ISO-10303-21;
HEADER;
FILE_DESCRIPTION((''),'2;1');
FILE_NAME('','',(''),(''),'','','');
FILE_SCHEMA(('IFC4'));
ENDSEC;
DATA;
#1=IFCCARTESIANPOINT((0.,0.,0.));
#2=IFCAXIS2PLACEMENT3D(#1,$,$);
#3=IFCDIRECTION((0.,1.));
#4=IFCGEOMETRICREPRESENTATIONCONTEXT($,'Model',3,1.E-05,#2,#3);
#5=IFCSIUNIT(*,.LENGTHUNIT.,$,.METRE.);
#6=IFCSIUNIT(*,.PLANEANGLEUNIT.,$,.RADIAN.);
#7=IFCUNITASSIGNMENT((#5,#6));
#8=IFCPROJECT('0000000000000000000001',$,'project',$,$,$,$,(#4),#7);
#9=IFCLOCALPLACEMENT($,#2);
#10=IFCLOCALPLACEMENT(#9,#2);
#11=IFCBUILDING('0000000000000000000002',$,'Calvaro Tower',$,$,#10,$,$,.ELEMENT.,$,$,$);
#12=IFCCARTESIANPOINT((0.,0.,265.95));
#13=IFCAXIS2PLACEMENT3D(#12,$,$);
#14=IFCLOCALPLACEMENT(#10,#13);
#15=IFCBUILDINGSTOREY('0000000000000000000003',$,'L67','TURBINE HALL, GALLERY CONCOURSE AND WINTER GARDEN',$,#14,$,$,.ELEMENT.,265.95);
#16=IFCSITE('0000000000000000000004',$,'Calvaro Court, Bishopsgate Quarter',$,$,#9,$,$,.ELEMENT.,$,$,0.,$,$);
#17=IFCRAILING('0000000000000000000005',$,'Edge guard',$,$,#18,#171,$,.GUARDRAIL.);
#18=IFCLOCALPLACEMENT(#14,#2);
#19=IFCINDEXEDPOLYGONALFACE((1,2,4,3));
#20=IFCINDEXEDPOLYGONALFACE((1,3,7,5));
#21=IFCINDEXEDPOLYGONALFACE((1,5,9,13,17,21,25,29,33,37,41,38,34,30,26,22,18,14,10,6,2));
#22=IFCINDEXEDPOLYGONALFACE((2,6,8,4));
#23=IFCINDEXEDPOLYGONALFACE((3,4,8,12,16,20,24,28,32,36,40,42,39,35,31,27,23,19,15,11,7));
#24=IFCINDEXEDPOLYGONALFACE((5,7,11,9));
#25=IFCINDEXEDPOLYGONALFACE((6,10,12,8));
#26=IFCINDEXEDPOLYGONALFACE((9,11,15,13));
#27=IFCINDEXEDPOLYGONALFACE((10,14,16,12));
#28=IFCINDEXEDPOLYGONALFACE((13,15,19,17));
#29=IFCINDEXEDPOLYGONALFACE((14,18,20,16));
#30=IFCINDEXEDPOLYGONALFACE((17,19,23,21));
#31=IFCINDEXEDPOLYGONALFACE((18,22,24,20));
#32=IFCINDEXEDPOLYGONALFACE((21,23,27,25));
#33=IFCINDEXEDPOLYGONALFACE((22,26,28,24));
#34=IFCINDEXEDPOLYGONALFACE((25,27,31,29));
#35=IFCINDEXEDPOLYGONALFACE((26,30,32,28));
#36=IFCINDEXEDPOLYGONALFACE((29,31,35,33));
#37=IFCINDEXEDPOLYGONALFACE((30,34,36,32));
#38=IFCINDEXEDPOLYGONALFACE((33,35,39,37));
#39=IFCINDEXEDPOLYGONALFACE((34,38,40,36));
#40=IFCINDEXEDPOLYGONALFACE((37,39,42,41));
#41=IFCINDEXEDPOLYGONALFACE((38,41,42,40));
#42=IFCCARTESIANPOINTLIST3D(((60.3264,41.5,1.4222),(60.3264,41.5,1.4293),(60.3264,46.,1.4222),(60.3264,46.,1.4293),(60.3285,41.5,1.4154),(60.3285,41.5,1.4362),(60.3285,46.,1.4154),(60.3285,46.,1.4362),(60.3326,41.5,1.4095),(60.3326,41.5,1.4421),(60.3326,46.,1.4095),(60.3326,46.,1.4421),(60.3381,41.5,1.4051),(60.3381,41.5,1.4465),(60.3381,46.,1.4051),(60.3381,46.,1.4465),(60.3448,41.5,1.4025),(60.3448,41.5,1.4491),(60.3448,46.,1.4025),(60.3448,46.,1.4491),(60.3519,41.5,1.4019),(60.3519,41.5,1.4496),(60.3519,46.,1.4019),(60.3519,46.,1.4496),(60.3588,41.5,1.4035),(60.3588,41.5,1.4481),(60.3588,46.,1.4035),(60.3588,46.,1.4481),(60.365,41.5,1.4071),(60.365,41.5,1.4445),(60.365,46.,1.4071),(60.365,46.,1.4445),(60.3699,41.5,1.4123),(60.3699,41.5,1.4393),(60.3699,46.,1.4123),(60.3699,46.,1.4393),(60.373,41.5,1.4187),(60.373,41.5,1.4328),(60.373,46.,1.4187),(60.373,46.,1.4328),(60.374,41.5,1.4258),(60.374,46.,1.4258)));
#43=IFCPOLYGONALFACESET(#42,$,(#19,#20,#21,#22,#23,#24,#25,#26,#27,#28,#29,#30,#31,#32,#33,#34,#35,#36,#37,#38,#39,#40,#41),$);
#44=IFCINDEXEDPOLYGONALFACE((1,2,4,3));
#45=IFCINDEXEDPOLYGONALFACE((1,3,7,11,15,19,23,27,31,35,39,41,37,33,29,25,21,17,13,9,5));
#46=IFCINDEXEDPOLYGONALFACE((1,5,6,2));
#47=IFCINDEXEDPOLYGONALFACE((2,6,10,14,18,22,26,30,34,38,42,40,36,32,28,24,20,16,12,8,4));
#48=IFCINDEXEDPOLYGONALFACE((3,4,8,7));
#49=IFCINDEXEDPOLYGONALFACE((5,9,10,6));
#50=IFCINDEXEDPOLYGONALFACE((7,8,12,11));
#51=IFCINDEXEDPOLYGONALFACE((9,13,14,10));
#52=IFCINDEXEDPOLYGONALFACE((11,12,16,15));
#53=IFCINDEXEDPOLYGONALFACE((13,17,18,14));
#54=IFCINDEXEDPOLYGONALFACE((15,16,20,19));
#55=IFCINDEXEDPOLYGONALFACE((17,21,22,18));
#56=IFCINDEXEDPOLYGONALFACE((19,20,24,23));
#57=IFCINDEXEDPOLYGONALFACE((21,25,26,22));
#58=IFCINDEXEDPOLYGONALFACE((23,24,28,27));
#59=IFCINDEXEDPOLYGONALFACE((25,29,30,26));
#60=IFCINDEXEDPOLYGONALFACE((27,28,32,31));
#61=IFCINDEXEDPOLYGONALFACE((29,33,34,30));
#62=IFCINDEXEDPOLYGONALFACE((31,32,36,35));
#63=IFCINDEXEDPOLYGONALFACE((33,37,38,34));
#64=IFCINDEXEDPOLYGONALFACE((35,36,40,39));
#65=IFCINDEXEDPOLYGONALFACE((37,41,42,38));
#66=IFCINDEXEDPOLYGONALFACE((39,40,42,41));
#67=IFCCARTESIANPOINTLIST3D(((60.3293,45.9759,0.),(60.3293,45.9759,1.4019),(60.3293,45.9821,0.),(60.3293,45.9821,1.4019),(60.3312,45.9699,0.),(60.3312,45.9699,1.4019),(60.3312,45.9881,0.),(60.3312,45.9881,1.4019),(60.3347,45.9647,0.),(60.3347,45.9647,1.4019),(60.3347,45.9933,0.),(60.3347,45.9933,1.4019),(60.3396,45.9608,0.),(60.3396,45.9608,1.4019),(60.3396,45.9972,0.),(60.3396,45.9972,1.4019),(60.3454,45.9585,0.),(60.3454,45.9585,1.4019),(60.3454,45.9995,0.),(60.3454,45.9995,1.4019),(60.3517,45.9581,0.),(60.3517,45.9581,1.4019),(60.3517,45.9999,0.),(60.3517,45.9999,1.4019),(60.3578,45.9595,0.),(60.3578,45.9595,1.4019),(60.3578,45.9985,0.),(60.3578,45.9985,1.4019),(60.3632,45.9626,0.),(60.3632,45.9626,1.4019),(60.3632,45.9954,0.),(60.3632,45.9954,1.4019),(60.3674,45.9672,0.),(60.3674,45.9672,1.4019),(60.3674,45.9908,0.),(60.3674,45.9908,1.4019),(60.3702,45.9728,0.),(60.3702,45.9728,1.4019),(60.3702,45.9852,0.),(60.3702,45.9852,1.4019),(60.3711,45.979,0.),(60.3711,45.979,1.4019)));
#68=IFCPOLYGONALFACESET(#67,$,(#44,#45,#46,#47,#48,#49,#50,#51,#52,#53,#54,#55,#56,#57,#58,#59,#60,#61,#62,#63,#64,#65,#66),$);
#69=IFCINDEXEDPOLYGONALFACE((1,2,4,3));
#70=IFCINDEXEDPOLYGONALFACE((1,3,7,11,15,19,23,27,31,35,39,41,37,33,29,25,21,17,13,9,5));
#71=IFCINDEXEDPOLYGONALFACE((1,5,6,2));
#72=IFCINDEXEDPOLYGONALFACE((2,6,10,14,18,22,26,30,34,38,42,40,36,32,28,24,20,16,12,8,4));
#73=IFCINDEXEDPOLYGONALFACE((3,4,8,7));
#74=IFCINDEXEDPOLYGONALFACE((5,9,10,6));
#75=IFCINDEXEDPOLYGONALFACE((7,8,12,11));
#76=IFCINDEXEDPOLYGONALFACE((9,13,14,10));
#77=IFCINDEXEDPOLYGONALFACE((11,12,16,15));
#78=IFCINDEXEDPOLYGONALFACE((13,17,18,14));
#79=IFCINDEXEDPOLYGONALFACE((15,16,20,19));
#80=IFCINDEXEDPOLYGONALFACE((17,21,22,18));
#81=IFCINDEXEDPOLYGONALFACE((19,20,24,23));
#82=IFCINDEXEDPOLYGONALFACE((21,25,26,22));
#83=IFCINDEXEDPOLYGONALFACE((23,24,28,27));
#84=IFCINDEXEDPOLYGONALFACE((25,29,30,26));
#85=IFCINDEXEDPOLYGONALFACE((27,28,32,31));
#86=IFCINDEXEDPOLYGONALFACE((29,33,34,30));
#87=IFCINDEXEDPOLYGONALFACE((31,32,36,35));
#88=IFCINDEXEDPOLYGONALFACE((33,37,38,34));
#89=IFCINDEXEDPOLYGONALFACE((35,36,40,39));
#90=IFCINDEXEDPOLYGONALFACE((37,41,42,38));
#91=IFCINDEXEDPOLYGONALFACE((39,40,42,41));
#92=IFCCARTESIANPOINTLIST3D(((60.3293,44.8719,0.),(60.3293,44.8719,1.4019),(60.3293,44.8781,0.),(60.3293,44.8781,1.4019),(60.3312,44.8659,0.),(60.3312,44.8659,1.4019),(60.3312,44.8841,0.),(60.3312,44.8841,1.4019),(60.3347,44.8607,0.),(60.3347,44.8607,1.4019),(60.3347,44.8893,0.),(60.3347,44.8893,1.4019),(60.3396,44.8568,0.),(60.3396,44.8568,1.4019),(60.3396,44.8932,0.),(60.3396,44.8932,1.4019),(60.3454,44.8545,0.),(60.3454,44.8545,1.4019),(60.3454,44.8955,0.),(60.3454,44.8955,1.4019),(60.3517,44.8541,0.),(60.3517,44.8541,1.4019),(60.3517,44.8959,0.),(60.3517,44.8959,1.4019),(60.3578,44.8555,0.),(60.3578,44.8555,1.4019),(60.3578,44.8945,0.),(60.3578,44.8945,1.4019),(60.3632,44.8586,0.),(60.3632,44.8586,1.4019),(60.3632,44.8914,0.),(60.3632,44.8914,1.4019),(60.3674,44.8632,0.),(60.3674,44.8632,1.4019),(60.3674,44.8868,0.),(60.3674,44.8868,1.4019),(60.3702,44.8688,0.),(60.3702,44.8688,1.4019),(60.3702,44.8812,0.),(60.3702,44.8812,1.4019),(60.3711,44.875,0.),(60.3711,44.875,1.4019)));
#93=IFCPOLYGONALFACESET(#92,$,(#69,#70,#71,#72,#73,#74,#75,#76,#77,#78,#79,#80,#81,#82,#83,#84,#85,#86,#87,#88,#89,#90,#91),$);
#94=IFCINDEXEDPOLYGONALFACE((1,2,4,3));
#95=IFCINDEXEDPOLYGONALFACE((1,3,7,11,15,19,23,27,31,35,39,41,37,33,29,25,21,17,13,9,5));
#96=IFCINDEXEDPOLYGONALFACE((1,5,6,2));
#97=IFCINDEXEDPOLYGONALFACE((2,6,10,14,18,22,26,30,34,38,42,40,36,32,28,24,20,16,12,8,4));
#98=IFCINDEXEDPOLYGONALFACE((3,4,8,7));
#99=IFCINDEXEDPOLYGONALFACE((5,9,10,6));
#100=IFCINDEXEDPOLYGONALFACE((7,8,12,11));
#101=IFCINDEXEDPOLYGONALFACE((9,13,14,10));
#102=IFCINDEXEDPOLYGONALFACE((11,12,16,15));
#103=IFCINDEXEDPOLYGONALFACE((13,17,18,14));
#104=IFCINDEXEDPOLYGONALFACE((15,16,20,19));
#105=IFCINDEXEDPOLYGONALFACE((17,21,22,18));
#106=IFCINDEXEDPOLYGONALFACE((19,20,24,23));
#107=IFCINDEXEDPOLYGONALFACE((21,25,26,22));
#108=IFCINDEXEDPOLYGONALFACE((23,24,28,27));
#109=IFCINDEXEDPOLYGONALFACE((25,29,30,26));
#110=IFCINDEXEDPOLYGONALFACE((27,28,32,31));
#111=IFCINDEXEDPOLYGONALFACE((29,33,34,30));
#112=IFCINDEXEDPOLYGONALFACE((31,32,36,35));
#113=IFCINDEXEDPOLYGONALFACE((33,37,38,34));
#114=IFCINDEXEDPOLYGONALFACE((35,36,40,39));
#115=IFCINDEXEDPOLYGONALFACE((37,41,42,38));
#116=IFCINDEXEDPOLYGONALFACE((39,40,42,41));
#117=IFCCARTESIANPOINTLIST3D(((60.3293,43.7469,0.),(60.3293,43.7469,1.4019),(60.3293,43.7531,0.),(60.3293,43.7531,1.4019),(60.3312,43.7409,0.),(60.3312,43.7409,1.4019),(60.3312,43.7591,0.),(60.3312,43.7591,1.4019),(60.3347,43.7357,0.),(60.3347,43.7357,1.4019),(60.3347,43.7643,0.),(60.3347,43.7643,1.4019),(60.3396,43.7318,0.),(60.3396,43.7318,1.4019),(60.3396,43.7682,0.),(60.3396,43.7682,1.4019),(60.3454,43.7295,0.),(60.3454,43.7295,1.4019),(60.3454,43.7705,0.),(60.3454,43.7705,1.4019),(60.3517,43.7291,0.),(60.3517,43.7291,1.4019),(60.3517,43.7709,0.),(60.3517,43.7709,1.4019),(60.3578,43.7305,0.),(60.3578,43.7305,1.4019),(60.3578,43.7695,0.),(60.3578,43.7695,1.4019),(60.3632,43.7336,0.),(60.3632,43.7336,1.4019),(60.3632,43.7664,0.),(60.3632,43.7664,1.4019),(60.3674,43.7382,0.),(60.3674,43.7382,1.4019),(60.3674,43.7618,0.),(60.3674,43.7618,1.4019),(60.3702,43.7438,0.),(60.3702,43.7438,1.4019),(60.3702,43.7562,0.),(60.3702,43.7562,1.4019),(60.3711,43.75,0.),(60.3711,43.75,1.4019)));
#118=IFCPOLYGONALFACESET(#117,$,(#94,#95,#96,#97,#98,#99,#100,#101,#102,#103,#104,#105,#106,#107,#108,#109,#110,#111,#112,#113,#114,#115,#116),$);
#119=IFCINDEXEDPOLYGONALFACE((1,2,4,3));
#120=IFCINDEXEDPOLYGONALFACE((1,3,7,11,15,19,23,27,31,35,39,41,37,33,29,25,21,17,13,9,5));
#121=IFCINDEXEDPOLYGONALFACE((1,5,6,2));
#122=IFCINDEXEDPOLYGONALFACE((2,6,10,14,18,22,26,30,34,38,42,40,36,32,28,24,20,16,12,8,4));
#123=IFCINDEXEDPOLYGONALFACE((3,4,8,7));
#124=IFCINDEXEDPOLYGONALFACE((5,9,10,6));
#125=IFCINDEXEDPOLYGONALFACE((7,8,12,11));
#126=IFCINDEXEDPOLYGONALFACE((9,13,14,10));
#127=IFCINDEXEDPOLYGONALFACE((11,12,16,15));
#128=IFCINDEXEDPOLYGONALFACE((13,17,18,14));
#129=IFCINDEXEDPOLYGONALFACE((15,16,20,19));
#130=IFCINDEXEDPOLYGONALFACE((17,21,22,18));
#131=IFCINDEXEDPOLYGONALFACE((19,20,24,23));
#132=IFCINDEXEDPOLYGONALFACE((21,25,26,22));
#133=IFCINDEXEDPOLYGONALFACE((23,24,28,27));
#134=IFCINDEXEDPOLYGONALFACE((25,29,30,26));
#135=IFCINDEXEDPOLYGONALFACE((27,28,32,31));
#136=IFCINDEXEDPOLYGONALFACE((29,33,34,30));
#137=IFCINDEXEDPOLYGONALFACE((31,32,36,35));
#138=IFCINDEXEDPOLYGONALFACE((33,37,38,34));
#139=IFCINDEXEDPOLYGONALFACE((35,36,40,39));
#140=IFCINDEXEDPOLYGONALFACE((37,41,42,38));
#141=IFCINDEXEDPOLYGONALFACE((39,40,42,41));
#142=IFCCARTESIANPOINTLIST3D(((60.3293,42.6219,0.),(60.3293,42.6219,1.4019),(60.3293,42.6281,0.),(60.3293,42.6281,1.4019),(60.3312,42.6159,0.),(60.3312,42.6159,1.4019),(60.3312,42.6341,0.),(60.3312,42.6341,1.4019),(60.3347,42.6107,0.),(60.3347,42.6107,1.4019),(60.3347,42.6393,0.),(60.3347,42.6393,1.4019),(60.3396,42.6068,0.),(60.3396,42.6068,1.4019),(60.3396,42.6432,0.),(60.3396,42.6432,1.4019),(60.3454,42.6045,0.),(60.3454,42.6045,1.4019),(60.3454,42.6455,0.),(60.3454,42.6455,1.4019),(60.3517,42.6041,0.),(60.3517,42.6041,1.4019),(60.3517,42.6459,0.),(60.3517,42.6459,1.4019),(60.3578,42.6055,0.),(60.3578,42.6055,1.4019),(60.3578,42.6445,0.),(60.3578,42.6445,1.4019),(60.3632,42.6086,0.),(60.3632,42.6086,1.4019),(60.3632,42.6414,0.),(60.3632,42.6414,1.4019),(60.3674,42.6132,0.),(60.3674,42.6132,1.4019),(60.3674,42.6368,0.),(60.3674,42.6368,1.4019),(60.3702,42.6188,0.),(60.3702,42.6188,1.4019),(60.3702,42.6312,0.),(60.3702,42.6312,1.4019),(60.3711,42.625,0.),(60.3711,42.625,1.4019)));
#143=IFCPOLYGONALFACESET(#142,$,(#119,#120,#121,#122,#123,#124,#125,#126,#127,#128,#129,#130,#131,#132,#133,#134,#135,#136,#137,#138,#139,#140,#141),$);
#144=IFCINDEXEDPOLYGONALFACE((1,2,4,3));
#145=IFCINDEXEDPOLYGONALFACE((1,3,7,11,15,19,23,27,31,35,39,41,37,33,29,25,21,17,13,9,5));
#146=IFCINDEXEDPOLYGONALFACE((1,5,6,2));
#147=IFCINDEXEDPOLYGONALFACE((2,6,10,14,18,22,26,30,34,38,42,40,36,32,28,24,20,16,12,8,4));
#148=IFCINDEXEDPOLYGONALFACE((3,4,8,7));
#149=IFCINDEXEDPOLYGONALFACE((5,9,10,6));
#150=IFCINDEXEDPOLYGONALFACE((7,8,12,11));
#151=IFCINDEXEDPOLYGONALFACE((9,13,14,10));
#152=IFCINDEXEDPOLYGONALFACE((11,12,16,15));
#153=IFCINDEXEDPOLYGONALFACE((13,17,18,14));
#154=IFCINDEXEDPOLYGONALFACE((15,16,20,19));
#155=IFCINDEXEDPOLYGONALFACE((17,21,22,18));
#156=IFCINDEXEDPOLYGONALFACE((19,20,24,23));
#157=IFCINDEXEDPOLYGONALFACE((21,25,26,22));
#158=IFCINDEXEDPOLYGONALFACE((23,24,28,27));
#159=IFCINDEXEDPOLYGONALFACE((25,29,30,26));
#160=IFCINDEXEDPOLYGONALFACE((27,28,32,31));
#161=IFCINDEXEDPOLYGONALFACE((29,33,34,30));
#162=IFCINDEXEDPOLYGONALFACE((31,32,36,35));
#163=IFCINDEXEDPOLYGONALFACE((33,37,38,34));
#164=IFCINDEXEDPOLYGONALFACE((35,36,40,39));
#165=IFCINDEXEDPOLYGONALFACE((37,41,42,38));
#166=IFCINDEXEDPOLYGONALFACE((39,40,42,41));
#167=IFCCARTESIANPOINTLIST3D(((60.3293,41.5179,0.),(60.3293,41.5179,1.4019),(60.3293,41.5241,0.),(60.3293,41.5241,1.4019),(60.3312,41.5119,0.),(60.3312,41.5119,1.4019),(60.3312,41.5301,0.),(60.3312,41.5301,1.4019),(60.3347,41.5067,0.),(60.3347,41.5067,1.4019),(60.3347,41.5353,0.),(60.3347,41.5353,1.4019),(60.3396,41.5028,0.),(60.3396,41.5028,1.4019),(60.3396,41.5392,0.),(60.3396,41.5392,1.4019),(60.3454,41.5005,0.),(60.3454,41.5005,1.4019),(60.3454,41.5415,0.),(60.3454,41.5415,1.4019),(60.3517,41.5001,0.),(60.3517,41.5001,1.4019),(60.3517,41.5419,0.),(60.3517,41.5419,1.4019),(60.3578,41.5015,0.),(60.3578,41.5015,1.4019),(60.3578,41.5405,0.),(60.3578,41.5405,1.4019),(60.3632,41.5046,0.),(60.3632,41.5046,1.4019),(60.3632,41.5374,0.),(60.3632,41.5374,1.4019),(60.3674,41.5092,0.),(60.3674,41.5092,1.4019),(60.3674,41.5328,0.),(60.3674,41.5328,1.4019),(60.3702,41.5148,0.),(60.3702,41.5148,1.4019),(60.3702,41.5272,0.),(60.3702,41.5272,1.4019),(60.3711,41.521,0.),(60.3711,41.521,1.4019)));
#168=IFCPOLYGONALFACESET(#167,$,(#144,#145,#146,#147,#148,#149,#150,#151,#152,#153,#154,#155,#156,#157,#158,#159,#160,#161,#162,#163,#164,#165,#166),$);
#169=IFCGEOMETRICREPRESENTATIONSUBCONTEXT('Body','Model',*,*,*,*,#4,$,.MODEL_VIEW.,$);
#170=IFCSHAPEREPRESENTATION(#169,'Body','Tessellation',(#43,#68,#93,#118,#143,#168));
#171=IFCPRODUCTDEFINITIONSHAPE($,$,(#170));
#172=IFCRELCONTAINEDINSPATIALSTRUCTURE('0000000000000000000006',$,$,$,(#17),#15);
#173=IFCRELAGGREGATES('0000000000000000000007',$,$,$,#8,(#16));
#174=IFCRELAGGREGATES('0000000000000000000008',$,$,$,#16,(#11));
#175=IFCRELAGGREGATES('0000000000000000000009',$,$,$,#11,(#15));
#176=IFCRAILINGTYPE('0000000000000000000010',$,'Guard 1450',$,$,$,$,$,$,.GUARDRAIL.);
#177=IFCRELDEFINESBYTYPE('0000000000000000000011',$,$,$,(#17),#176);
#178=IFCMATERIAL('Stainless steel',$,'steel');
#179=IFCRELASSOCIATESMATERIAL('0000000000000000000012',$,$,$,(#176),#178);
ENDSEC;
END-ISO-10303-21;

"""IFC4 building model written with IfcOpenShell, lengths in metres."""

from ifc_helpers import new_model, si_unit, direction, frame, origin, origin_2d, place, context, subcontext, project, spatial, circle, extrude, material, type_object, element, save


model = new_model("IFC4")

# Units and contexts
model_context = context("Model", 3, precision=1e-05, world=origin(), true_north=direction((0.0, 1.0)))
body_context = subcontext(model_context, "Body", "Model", "MODEL_VIEW")
ifc_project = project(units=[si_unit("LENGTHUNIT", "METRE"), si_unit("PLANEANGLEUNIT", "RADIAN")], contexts=[model_context])

# Site, building, storey
site_placement = place(None, origin())
site = spatial("IfcSite", under=ifc_project, at=site_placement, Name="Calvaro Court, Bishopsgate Quarter", CompositionType="ELEMENT", RefElevation=0.0)
building_placement = place(site_placement, origin())
building = spatial("IfcBuilding", under=site, at=building_placement, Name="Calvaro Tower", CompositionType="ELEMENT")
storey_placement = place(building_placement, frame((0.0, 0.0, 265.95)))
storey = spatial("IfcBuildingStorey", under=building, at=storey_placement, Name="L67", Description="TURBINE HALL, GALLERY CONCOURSE AND WINTER GARDEN", CompositionType="ELEMENT", Elevation=265.95)

# Railing
ifc_material_1 = material(Name="Stainless steel", Category="steel")
railing_type_1 = type_object("IfcRailingType", Name="Guard 1450", PredefinedType="GUARDRAIL", material=ifc_material_1)
railing_1_placement = place(storey_placement, frame((60.3501, 46.0, 0.0)))
element("IfcRailing", 1, at=railing_1_placement, inside=storey, type_object=railing_type_1, Name="Edge guard", PredefinedType="GUARDRAIL", context=body_context, shape_type="SweptSolid", body=[
    extrude(circle(Radius=0.0239, at=origin_2d()), frame((0.0, 0.0, 1.4258), z_axis=(0.0, -1.0, 0.0), x_axis=(1.0, 0.0, 0.0)), (0.0, 0.0, 1.0), 4.5),
    extrude(circle(Radius=0.021, at=origin_2d()), frame((0.0, -0.021, 0.0)), (0.0, 0.0, 1.0), 1.4019),
    extrude(circle(Radius=0.021, at=origin_2d()), frame((0.0, -1.125, 0.0)), (0.0, 0.0, 1.0), 1.4019),
    extrude(circle(Radius=0.021, at=origin_2d()), frame((0.0, -2.25, 0.0)), (0.0, 0.0, 1.0), 1.4019),
    extrude(circle(Radius=0.021, at=origin_2d()), frame((0.0, -3.375, 0.0)), (0.0, 0.0, 1.0), 1.4019),
    extrude(circle(Radius=0.021, at=origin_2d()), frame((0.0, -4.479, 0.0)), (0.0, 0.0, 1.0), 1.4019),
])

save(model, "model.ifc")
